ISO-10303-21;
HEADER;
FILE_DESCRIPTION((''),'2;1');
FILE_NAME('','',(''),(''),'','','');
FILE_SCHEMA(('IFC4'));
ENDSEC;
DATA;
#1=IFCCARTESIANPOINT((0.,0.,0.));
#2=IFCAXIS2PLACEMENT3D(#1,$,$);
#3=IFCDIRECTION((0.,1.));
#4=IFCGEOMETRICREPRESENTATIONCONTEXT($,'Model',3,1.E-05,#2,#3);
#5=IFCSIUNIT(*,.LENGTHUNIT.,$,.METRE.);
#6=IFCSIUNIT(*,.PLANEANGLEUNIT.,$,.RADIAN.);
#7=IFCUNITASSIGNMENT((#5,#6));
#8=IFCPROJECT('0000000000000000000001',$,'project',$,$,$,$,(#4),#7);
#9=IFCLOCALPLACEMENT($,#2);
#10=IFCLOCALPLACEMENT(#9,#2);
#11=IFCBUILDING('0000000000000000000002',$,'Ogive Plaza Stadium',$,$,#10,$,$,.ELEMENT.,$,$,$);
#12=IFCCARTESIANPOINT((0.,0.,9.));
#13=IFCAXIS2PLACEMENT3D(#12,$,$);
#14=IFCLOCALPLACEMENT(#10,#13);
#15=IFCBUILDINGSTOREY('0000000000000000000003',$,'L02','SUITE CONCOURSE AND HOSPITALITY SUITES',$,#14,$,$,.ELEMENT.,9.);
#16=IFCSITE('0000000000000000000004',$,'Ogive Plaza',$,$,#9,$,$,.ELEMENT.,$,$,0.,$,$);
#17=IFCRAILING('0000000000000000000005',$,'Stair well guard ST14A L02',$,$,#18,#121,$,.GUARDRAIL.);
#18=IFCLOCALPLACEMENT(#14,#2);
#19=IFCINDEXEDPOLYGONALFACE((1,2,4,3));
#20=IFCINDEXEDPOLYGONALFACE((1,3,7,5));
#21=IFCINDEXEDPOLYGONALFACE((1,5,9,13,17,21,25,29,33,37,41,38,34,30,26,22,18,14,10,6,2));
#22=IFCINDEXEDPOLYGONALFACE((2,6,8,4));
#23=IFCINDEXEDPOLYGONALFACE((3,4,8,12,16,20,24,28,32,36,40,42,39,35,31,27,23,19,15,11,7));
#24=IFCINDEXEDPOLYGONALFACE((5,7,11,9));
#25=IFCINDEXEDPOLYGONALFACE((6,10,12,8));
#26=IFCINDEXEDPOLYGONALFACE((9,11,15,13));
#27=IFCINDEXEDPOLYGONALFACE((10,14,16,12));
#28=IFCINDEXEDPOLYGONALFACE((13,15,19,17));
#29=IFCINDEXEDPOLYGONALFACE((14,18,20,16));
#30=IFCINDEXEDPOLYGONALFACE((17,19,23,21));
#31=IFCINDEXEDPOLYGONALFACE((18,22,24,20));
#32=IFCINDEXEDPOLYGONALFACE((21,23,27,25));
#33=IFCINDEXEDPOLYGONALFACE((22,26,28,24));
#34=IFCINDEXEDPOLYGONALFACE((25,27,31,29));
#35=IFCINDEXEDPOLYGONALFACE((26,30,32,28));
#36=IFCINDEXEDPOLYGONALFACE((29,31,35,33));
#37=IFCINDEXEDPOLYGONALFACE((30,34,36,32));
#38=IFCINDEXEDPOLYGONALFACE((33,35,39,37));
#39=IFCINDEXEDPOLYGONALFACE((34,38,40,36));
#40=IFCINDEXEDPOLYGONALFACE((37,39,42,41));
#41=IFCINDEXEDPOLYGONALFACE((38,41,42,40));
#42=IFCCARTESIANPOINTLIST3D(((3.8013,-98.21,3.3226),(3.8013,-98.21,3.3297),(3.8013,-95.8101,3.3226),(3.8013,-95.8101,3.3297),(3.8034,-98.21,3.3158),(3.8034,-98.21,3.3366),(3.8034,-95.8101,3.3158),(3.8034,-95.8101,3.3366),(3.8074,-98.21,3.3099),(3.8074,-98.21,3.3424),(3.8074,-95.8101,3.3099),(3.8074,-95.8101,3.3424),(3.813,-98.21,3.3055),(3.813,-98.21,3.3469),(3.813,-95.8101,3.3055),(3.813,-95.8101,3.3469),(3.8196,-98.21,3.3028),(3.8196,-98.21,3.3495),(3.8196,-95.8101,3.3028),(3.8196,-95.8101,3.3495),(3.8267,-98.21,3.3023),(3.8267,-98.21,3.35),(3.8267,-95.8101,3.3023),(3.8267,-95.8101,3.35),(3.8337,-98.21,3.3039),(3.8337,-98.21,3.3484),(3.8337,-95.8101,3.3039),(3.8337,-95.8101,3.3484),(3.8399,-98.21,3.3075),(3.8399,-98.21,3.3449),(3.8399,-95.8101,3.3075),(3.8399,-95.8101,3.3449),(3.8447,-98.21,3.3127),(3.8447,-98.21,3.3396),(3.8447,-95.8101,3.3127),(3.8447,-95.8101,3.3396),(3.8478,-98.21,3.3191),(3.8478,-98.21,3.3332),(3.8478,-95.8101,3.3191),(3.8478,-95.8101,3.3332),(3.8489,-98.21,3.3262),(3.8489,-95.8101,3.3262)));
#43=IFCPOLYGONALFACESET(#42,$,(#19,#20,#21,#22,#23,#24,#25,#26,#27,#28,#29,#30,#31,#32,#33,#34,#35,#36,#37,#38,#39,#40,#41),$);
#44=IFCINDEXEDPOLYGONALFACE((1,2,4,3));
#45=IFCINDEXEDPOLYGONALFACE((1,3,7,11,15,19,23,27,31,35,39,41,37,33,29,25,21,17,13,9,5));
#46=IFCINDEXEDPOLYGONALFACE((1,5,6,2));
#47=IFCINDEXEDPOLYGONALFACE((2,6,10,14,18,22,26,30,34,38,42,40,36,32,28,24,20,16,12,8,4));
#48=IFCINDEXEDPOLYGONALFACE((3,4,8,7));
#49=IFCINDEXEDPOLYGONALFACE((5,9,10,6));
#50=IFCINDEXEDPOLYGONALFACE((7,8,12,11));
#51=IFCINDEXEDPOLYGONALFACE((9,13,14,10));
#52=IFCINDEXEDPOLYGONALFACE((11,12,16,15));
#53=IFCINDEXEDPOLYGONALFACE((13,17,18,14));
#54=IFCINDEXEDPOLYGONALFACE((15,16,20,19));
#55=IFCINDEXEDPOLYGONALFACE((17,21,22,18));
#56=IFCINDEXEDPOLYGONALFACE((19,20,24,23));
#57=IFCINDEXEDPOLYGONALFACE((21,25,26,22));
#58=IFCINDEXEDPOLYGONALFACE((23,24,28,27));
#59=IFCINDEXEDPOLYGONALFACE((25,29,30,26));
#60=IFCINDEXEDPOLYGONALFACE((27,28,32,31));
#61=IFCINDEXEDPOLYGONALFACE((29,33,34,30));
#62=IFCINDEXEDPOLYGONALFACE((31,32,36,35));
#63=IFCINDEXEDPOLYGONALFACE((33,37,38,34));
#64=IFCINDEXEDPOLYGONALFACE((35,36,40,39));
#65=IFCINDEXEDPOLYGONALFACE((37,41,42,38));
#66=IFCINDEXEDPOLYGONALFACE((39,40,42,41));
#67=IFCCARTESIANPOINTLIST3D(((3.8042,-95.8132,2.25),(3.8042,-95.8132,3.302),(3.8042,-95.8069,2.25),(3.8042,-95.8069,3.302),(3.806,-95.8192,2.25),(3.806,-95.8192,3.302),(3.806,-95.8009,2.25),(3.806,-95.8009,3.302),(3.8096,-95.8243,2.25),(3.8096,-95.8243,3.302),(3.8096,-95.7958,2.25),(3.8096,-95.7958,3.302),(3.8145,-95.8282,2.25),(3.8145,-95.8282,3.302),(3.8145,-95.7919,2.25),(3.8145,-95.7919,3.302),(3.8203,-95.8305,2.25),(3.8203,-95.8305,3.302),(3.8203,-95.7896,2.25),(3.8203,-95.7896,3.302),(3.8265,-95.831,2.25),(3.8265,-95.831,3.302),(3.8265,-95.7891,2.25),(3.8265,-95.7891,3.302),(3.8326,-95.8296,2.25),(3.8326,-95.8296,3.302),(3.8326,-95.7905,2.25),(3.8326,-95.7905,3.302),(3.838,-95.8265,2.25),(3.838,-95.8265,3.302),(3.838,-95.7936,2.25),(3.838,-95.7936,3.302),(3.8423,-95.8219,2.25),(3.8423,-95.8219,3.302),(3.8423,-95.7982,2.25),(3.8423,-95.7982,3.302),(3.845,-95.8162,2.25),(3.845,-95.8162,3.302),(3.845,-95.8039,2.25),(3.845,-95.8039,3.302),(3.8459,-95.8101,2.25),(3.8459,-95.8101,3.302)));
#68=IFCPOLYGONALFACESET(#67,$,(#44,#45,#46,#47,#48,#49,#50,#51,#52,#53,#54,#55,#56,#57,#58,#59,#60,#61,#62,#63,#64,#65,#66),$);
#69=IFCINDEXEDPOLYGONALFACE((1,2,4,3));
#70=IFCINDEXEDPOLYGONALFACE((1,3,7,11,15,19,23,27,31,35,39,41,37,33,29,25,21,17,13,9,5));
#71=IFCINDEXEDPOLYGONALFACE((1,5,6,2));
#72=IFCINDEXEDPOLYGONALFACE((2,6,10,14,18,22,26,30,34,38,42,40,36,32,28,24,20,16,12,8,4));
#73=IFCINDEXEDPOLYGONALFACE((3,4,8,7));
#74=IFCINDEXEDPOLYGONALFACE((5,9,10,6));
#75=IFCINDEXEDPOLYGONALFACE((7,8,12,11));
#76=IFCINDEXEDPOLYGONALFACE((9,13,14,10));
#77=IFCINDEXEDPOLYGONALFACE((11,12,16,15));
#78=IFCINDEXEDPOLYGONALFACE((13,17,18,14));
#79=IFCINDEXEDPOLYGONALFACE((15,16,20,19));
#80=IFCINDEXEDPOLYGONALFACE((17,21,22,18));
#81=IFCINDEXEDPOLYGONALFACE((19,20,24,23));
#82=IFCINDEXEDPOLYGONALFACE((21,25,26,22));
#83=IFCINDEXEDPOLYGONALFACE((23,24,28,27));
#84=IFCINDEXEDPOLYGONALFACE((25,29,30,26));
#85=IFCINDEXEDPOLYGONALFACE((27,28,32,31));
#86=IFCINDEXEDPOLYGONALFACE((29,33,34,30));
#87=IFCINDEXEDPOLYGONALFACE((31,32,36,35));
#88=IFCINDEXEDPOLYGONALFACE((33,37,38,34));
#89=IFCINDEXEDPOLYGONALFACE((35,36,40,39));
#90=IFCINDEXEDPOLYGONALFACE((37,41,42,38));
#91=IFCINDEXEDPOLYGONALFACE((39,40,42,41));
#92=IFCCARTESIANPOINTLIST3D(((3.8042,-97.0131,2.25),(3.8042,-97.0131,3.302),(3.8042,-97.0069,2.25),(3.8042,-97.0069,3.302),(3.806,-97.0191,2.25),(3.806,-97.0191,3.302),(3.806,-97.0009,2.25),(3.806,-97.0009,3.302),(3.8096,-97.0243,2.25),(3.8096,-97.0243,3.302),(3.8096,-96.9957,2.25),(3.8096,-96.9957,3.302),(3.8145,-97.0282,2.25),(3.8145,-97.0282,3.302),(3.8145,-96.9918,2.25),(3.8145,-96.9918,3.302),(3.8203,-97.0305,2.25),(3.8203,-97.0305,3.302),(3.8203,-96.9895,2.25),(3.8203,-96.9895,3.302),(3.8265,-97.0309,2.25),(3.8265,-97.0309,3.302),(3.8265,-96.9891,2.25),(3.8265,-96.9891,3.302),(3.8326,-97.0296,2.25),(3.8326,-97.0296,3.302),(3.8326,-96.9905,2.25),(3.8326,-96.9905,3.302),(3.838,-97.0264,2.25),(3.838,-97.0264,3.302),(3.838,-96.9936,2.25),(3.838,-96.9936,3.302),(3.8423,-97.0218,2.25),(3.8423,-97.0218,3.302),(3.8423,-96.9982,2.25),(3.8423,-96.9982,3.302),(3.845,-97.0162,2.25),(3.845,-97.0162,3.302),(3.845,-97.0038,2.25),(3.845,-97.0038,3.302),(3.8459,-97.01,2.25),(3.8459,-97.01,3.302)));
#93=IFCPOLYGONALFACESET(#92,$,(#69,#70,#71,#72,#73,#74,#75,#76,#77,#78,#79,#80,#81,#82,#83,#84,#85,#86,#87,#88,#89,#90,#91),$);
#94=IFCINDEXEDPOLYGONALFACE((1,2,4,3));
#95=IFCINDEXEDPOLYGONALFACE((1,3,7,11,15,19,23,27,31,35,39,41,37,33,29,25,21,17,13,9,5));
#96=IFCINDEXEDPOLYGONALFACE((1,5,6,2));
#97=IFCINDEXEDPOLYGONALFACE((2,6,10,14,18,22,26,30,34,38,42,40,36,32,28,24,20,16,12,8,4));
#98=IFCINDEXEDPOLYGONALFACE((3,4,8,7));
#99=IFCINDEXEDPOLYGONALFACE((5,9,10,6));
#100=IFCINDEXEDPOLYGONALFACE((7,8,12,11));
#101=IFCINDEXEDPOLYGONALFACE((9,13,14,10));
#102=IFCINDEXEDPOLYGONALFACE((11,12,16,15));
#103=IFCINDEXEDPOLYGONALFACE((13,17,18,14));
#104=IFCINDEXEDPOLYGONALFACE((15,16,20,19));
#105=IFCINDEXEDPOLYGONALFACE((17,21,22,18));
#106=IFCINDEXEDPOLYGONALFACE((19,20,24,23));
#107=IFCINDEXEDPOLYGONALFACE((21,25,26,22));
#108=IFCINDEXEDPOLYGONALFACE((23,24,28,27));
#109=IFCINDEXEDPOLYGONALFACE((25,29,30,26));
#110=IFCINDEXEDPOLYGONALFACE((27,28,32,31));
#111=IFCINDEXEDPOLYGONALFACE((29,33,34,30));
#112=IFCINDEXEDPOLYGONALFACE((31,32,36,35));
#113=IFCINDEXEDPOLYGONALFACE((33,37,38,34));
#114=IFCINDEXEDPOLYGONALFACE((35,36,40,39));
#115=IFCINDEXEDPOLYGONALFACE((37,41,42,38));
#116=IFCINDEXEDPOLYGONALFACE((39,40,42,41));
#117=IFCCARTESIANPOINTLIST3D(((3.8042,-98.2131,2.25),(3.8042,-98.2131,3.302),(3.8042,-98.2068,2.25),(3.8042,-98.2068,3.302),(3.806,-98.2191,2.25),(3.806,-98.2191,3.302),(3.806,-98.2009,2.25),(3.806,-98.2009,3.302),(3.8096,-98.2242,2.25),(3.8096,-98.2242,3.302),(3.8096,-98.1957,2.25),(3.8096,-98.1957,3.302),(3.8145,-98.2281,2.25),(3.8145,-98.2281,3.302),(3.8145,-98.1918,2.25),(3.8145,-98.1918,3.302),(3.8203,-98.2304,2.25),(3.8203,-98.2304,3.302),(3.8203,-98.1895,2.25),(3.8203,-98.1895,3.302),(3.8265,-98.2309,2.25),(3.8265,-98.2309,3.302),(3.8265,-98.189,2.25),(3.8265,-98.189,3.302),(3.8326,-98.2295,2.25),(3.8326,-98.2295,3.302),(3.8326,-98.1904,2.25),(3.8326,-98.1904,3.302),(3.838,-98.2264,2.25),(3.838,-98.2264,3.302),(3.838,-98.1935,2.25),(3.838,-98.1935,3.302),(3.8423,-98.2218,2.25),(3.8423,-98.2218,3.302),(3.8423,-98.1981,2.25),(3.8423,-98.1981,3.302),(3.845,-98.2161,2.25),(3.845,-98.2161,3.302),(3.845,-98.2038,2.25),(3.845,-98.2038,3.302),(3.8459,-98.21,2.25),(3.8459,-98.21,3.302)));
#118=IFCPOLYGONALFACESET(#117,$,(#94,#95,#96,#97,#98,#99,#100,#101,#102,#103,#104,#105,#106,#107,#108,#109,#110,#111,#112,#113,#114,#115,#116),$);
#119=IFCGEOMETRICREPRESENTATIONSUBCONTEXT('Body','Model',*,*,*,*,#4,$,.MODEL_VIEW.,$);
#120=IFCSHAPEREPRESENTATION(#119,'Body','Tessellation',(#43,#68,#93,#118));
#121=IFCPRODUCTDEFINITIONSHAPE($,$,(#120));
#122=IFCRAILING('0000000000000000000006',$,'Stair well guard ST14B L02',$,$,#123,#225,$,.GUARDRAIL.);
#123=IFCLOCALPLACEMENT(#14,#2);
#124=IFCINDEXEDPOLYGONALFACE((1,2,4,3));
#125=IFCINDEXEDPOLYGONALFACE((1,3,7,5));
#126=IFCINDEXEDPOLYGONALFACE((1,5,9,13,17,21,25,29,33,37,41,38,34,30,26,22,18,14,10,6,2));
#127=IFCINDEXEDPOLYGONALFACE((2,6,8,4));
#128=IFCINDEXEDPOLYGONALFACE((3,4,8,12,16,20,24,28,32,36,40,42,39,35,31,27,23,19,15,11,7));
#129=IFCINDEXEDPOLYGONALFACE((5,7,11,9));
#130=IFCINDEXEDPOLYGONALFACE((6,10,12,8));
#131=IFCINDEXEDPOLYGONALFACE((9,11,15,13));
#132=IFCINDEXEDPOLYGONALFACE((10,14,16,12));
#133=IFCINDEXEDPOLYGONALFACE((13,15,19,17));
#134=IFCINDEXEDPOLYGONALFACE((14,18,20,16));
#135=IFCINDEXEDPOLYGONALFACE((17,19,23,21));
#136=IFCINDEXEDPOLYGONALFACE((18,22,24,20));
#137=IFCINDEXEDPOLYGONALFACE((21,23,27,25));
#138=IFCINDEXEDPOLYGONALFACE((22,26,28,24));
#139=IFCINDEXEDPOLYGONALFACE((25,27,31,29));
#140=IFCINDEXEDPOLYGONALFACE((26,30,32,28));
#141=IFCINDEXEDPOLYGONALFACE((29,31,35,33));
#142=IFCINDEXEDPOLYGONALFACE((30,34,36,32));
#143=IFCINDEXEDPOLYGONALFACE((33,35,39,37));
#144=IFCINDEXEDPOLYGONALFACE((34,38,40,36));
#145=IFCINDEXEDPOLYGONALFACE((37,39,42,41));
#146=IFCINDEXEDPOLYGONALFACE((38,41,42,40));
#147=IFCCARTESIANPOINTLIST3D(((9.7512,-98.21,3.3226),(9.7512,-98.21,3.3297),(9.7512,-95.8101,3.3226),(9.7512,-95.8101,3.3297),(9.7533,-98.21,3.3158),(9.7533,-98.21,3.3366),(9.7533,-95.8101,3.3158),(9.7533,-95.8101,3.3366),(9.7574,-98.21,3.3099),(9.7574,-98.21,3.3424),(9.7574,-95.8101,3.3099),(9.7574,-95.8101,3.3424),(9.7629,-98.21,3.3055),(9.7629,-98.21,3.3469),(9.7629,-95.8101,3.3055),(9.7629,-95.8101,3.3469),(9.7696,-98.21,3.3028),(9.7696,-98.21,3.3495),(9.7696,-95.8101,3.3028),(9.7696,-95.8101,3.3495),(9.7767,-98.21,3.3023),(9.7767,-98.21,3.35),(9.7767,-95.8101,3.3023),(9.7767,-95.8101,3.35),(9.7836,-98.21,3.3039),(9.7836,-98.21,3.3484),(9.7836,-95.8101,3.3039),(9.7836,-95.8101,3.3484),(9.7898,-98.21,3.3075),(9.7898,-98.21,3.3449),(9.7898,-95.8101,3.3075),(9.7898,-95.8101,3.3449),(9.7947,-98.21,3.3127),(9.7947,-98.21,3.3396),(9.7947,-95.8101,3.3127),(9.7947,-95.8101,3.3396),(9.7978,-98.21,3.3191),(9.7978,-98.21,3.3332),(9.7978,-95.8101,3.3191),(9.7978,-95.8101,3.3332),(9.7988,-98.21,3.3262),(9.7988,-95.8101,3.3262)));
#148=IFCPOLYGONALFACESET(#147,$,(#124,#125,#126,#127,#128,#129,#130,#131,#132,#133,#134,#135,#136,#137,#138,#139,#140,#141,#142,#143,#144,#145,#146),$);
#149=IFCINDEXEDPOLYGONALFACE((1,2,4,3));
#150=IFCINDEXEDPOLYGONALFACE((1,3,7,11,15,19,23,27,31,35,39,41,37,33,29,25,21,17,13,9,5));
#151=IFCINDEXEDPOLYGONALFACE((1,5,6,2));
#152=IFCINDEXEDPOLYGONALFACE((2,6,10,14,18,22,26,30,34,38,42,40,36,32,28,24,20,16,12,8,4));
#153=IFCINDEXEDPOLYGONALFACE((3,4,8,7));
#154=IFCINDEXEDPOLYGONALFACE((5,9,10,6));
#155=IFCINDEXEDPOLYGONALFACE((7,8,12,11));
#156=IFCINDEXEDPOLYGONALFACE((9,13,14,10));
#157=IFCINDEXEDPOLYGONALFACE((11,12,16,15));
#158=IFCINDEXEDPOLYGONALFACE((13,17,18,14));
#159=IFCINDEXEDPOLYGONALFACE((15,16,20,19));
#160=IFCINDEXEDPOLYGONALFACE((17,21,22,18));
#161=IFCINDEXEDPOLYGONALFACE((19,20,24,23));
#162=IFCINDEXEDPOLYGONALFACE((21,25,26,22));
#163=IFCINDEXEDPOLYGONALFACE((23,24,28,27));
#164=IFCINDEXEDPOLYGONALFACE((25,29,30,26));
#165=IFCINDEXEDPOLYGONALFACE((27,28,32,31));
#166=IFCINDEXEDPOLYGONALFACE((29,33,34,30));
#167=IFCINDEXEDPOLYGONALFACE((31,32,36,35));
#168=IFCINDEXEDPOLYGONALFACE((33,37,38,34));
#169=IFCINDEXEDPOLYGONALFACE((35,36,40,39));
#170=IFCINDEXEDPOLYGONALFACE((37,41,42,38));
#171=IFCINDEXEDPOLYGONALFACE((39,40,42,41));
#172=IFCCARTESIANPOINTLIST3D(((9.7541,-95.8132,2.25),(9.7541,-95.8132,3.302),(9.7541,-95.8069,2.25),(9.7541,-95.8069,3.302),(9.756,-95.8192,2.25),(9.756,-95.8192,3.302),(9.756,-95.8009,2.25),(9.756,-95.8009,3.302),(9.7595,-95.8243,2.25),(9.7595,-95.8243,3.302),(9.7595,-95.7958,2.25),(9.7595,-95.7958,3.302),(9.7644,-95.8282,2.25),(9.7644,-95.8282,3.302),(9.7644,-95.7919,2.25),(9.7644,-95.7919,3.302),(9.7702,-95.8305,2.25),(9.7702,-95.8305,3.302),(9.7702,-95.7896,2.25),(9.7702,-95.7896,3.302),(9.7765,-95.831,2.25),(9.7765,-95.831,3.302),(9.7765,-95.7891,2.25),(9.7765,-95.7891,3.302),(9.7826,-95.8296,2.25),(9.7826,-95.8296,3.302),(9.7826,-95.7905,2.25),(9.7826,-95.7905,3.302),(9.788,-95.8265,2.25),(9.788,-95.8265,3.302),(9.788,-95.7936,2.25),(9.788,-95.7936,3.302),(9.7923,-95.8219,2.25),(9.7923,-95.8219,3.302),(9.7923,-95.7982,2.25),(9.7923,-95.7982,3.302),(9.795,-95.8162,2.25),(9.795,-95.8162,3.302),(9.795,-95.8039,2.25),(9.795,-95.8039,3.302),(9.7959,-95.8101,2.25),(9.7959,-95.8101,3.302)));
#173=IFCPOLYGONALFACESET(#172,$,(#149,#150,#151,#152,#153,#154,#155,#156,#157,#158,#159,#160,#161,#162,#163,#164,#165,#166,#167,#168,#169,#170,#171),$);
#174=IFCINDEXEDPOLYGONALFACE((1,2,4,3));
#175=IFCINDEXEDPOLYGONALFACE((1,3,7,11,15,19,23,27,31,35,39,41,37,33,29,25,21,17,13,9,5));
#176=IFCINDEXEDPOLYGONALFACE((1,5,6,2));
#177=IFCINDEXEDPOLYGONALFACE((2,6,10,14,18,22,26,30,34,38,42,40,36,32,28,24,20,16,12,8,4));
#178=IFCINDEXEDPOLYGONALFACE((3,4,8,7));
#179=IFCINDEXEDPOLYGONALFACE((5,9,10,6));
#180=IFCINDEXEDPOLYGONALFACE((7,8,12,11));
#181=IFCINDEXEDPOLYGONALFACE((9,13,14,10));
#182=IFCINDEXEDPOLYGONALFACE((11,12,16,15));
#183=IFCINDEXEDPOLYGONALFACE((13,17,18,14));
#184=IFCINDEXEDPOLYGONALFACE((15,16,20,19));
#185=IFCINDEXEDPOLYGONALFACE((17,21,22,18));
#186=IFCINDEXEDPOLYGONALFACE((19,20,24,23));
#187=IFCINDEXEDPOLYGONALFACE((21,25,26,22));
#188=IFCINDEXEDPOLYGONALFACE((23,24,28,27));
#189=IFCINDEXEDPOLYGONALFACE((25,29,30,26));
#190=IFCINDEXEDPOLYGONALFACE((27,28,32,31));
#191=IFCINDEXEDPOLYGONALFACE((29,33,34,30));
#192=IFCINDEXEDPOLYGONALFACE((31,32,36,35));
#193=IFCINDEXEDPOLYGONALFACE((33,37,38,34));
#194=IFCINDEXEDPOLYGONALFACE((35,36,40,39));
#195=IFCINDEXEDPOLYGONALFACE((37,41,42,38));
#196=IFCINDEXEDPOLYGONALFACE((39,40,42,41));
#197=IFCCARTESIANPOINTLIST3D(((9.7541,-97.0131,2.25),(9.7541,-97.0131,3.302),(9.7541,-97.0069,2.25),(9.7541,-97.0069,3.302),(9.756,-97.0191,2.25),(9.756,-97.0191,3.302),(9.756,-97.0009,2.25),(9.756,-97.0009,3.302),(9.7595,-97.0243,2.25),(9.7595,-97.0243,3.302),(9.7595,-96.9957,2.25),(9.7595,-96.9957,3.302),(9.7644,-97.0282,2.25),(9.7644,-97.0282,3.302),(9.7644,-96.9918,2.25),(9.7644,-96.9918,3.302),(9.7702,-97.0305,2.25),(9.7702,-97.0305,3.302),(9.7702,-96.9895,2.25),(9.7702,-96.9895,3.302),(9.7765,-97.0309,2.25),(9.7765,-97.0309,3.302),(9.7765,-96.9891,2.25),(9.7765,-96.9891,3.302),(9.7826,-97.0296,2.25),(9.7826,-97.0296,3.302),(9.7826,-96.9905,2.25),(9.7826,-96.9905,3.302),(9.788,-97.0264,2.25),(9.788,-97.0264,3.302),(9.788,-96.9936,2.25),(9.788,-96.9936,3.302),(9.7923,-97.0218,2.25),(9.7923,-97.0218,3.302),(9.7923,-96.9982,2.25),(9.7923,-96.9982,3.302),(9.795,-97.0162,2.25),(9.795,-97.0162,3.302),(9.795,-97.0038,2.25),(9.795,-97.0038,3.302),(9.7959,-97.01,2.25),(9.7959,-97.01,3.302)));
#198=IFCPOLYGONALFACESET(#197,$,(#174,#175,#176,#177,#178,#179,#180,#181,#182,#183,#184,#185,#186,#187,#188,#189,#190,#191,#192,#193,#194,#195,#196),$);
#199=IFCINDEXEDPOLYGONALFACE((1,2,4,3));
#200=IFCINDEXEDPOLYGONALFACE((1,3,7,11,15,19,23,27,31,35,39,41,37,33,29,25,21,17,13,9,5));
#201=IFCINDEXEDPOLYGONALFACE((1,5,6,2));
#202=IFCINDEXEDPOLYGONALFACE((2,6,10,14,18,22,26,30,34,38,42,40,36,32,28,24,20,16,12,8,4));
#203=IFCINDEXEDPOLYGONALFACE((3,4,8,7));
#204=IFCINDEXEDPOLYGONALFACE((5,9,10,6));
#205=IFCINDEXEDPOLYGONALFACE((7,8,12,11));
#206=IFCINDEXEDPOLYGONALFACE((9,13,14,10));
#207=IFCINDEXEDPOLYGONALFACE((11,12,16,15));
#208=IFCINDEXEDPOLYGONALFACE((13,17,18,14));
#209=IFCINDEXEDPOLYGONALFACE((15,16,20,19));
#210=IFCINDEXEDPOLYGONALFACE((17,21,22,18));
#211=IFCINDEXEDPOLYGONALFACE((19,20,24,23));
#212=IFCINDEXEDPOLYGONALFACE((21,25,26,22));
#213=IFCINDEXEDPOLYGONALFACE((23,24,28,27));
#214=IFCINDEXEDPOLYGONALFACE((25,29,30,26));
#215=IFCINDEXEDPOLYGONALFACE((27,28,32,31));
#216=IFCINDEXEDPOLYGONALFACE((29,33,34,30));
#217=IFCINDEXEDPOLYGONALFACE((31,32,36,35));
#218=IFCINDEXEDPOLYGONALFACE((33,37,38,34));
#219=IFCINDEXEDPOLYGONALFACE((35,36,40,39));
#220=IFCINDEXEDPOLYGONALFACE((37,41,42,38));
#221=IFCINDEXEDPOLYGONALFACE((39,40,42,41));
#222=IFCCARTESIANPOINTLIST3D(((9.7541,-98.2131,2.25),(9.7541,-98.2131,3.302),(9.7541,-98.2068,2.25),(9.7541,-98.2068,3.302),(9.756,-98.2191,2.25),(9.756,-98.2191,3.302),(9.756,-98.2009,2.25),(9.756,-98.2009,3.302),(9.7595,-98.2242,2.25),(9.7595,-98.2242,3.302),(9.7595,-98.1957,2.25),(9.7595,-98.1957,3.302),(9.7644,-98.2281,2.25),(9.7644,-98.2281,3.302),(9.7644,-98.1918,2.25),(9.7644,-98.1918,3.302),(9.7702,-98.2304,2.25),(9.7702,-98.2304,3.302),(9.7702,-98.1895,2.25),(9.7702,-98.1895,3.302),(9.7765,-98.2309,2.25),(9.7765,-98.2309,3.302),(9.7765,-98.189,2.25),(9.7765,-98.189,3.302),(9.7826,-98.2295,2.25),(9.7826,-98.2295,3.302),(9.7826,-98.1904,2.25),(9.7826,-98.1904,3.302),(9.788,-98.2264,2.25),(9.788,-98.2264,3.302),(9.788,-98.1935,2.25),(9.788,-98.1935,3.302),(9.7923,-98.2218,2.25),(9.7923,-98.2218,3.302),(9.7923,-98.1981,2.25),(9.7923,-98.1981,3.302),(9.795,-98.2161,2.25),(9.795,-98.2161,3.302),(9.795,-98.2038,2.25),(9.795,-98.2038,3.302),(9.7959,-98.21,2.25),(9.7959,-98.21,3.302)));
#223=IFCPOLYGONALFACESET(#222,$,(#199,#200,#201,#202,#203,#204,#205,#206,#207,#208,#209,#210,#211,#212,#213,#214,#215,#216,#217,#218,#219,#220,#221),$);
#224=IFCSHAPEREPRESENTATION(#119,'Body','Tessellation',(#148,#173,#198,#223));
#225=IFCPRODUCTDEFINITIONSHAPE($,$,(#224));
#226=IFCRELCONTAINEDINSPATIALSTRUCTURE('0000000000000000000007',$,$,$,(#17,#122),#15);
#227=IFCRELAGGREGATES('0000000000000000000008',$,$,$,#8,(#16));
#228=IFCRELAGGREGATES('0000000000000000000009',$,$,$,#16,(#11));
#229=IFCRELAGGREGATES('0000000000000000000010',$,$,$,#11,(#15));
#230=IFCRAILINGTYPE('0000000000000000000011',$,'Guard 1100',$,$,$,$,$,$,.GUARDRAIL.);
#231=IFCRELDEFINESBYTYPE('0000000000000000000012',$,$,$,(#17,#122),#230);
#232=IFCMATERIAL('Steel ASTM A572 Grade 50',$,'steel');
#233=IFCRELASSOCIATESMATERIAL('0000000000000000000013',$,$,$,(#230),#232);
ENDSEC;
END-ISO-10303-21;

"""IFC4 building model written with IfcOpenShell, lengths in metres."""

from ifc_helpers import new_model, si_unit, direction, frame, origin, origin_2d, place, context, subcontext, project, spatial, circle, extrude, material, type_object, element, save


model = new_model("IFC4")

# Units and contexts
model_context = context("Model", 3, precision=1e-05, world=origin(), true_north=direction((0.0, 1.0)))
body_context = subcontext(model_context, "Body", "Model", "MODEL_VIEW")
ifc_project = project(units=[si_unit("LENGTHUNIT", "METRE"), si_unit("PLANEANGLEUNIT", "RADIAN")], contexts=[model_context])

# Site, building, storey
site_placement = place(None, origin())
site = spatial("IfcSite", under=ifc_project, at=site_placement, Name="Ogive Plaza", CompositionType="ELEMENT", RefElevation=0.0)
building_placement = place(site_placement, origin())
building = spatial("IfcBuilding", under=site, at=building_placement, Name="Ogive Plaza Stadium", CompositionType="ELEMENT")
storey_placement = place(building_placement, frame((0.0, 0.0, 9.0)))
storey = spatial("IfcBuildingStorey", under=building, at=storey_placement, Name="L02", Description="SUITE CONCOURSE AND HOSPITALITY SUITES", CompositionType="ELEMENT", Elevation=9.0)

# Railings
ifc_material_1 = material(Name="Steel ASTM A572 Grade 50", Category="steel")
railing_type_1 = type_object("IfcRailingType", Name="Guard 1100", PredefinedType="GUARDRAIL", material=ifc_material_1)
for number, where, name in (
    (1, (3.825, -95.8101, 2.25), "Stair well guard ST14A L02"),
    (2, (9.7749, -95.8101, 2.25), "Stair well guard ST14B L02"),
):
    element("IfcRailing", number, at=place(storey_placement, frame(where)), inside=storey, type_object=railing_type_1, Name=name, PredefinedType="GUARDRAIL", context=body_context, shape_type="SweptSolid", body=[
        extrude(circle(Radius=0.0239, at=origin_2d()), frame((0.0, 0.0, 1.0762), z_axis=(0.0, -1.0, 0.0), x_axis=(1.0, 0.0, 0.0)), (0.0, 0.0, 1.0), 2.3999),
        extrude(circle(Radius=0.021, at=origin_2d()), origin(), (0.0, 0.0, 1.0), 1.052),
        extrude(circle(Radius=0.021, at=origin_2d()), frame((0.0, -1.2, 0.0)), (0.0, 0.0, 1.0), 1.052),
        extrude(circle(Radius=0.021, at=origin_2d()), frame((0.0, -2.3999, 0.0)), (0.0, 0.0, 1.0), 1.052),
    ])

save(model, "model.ifc")
